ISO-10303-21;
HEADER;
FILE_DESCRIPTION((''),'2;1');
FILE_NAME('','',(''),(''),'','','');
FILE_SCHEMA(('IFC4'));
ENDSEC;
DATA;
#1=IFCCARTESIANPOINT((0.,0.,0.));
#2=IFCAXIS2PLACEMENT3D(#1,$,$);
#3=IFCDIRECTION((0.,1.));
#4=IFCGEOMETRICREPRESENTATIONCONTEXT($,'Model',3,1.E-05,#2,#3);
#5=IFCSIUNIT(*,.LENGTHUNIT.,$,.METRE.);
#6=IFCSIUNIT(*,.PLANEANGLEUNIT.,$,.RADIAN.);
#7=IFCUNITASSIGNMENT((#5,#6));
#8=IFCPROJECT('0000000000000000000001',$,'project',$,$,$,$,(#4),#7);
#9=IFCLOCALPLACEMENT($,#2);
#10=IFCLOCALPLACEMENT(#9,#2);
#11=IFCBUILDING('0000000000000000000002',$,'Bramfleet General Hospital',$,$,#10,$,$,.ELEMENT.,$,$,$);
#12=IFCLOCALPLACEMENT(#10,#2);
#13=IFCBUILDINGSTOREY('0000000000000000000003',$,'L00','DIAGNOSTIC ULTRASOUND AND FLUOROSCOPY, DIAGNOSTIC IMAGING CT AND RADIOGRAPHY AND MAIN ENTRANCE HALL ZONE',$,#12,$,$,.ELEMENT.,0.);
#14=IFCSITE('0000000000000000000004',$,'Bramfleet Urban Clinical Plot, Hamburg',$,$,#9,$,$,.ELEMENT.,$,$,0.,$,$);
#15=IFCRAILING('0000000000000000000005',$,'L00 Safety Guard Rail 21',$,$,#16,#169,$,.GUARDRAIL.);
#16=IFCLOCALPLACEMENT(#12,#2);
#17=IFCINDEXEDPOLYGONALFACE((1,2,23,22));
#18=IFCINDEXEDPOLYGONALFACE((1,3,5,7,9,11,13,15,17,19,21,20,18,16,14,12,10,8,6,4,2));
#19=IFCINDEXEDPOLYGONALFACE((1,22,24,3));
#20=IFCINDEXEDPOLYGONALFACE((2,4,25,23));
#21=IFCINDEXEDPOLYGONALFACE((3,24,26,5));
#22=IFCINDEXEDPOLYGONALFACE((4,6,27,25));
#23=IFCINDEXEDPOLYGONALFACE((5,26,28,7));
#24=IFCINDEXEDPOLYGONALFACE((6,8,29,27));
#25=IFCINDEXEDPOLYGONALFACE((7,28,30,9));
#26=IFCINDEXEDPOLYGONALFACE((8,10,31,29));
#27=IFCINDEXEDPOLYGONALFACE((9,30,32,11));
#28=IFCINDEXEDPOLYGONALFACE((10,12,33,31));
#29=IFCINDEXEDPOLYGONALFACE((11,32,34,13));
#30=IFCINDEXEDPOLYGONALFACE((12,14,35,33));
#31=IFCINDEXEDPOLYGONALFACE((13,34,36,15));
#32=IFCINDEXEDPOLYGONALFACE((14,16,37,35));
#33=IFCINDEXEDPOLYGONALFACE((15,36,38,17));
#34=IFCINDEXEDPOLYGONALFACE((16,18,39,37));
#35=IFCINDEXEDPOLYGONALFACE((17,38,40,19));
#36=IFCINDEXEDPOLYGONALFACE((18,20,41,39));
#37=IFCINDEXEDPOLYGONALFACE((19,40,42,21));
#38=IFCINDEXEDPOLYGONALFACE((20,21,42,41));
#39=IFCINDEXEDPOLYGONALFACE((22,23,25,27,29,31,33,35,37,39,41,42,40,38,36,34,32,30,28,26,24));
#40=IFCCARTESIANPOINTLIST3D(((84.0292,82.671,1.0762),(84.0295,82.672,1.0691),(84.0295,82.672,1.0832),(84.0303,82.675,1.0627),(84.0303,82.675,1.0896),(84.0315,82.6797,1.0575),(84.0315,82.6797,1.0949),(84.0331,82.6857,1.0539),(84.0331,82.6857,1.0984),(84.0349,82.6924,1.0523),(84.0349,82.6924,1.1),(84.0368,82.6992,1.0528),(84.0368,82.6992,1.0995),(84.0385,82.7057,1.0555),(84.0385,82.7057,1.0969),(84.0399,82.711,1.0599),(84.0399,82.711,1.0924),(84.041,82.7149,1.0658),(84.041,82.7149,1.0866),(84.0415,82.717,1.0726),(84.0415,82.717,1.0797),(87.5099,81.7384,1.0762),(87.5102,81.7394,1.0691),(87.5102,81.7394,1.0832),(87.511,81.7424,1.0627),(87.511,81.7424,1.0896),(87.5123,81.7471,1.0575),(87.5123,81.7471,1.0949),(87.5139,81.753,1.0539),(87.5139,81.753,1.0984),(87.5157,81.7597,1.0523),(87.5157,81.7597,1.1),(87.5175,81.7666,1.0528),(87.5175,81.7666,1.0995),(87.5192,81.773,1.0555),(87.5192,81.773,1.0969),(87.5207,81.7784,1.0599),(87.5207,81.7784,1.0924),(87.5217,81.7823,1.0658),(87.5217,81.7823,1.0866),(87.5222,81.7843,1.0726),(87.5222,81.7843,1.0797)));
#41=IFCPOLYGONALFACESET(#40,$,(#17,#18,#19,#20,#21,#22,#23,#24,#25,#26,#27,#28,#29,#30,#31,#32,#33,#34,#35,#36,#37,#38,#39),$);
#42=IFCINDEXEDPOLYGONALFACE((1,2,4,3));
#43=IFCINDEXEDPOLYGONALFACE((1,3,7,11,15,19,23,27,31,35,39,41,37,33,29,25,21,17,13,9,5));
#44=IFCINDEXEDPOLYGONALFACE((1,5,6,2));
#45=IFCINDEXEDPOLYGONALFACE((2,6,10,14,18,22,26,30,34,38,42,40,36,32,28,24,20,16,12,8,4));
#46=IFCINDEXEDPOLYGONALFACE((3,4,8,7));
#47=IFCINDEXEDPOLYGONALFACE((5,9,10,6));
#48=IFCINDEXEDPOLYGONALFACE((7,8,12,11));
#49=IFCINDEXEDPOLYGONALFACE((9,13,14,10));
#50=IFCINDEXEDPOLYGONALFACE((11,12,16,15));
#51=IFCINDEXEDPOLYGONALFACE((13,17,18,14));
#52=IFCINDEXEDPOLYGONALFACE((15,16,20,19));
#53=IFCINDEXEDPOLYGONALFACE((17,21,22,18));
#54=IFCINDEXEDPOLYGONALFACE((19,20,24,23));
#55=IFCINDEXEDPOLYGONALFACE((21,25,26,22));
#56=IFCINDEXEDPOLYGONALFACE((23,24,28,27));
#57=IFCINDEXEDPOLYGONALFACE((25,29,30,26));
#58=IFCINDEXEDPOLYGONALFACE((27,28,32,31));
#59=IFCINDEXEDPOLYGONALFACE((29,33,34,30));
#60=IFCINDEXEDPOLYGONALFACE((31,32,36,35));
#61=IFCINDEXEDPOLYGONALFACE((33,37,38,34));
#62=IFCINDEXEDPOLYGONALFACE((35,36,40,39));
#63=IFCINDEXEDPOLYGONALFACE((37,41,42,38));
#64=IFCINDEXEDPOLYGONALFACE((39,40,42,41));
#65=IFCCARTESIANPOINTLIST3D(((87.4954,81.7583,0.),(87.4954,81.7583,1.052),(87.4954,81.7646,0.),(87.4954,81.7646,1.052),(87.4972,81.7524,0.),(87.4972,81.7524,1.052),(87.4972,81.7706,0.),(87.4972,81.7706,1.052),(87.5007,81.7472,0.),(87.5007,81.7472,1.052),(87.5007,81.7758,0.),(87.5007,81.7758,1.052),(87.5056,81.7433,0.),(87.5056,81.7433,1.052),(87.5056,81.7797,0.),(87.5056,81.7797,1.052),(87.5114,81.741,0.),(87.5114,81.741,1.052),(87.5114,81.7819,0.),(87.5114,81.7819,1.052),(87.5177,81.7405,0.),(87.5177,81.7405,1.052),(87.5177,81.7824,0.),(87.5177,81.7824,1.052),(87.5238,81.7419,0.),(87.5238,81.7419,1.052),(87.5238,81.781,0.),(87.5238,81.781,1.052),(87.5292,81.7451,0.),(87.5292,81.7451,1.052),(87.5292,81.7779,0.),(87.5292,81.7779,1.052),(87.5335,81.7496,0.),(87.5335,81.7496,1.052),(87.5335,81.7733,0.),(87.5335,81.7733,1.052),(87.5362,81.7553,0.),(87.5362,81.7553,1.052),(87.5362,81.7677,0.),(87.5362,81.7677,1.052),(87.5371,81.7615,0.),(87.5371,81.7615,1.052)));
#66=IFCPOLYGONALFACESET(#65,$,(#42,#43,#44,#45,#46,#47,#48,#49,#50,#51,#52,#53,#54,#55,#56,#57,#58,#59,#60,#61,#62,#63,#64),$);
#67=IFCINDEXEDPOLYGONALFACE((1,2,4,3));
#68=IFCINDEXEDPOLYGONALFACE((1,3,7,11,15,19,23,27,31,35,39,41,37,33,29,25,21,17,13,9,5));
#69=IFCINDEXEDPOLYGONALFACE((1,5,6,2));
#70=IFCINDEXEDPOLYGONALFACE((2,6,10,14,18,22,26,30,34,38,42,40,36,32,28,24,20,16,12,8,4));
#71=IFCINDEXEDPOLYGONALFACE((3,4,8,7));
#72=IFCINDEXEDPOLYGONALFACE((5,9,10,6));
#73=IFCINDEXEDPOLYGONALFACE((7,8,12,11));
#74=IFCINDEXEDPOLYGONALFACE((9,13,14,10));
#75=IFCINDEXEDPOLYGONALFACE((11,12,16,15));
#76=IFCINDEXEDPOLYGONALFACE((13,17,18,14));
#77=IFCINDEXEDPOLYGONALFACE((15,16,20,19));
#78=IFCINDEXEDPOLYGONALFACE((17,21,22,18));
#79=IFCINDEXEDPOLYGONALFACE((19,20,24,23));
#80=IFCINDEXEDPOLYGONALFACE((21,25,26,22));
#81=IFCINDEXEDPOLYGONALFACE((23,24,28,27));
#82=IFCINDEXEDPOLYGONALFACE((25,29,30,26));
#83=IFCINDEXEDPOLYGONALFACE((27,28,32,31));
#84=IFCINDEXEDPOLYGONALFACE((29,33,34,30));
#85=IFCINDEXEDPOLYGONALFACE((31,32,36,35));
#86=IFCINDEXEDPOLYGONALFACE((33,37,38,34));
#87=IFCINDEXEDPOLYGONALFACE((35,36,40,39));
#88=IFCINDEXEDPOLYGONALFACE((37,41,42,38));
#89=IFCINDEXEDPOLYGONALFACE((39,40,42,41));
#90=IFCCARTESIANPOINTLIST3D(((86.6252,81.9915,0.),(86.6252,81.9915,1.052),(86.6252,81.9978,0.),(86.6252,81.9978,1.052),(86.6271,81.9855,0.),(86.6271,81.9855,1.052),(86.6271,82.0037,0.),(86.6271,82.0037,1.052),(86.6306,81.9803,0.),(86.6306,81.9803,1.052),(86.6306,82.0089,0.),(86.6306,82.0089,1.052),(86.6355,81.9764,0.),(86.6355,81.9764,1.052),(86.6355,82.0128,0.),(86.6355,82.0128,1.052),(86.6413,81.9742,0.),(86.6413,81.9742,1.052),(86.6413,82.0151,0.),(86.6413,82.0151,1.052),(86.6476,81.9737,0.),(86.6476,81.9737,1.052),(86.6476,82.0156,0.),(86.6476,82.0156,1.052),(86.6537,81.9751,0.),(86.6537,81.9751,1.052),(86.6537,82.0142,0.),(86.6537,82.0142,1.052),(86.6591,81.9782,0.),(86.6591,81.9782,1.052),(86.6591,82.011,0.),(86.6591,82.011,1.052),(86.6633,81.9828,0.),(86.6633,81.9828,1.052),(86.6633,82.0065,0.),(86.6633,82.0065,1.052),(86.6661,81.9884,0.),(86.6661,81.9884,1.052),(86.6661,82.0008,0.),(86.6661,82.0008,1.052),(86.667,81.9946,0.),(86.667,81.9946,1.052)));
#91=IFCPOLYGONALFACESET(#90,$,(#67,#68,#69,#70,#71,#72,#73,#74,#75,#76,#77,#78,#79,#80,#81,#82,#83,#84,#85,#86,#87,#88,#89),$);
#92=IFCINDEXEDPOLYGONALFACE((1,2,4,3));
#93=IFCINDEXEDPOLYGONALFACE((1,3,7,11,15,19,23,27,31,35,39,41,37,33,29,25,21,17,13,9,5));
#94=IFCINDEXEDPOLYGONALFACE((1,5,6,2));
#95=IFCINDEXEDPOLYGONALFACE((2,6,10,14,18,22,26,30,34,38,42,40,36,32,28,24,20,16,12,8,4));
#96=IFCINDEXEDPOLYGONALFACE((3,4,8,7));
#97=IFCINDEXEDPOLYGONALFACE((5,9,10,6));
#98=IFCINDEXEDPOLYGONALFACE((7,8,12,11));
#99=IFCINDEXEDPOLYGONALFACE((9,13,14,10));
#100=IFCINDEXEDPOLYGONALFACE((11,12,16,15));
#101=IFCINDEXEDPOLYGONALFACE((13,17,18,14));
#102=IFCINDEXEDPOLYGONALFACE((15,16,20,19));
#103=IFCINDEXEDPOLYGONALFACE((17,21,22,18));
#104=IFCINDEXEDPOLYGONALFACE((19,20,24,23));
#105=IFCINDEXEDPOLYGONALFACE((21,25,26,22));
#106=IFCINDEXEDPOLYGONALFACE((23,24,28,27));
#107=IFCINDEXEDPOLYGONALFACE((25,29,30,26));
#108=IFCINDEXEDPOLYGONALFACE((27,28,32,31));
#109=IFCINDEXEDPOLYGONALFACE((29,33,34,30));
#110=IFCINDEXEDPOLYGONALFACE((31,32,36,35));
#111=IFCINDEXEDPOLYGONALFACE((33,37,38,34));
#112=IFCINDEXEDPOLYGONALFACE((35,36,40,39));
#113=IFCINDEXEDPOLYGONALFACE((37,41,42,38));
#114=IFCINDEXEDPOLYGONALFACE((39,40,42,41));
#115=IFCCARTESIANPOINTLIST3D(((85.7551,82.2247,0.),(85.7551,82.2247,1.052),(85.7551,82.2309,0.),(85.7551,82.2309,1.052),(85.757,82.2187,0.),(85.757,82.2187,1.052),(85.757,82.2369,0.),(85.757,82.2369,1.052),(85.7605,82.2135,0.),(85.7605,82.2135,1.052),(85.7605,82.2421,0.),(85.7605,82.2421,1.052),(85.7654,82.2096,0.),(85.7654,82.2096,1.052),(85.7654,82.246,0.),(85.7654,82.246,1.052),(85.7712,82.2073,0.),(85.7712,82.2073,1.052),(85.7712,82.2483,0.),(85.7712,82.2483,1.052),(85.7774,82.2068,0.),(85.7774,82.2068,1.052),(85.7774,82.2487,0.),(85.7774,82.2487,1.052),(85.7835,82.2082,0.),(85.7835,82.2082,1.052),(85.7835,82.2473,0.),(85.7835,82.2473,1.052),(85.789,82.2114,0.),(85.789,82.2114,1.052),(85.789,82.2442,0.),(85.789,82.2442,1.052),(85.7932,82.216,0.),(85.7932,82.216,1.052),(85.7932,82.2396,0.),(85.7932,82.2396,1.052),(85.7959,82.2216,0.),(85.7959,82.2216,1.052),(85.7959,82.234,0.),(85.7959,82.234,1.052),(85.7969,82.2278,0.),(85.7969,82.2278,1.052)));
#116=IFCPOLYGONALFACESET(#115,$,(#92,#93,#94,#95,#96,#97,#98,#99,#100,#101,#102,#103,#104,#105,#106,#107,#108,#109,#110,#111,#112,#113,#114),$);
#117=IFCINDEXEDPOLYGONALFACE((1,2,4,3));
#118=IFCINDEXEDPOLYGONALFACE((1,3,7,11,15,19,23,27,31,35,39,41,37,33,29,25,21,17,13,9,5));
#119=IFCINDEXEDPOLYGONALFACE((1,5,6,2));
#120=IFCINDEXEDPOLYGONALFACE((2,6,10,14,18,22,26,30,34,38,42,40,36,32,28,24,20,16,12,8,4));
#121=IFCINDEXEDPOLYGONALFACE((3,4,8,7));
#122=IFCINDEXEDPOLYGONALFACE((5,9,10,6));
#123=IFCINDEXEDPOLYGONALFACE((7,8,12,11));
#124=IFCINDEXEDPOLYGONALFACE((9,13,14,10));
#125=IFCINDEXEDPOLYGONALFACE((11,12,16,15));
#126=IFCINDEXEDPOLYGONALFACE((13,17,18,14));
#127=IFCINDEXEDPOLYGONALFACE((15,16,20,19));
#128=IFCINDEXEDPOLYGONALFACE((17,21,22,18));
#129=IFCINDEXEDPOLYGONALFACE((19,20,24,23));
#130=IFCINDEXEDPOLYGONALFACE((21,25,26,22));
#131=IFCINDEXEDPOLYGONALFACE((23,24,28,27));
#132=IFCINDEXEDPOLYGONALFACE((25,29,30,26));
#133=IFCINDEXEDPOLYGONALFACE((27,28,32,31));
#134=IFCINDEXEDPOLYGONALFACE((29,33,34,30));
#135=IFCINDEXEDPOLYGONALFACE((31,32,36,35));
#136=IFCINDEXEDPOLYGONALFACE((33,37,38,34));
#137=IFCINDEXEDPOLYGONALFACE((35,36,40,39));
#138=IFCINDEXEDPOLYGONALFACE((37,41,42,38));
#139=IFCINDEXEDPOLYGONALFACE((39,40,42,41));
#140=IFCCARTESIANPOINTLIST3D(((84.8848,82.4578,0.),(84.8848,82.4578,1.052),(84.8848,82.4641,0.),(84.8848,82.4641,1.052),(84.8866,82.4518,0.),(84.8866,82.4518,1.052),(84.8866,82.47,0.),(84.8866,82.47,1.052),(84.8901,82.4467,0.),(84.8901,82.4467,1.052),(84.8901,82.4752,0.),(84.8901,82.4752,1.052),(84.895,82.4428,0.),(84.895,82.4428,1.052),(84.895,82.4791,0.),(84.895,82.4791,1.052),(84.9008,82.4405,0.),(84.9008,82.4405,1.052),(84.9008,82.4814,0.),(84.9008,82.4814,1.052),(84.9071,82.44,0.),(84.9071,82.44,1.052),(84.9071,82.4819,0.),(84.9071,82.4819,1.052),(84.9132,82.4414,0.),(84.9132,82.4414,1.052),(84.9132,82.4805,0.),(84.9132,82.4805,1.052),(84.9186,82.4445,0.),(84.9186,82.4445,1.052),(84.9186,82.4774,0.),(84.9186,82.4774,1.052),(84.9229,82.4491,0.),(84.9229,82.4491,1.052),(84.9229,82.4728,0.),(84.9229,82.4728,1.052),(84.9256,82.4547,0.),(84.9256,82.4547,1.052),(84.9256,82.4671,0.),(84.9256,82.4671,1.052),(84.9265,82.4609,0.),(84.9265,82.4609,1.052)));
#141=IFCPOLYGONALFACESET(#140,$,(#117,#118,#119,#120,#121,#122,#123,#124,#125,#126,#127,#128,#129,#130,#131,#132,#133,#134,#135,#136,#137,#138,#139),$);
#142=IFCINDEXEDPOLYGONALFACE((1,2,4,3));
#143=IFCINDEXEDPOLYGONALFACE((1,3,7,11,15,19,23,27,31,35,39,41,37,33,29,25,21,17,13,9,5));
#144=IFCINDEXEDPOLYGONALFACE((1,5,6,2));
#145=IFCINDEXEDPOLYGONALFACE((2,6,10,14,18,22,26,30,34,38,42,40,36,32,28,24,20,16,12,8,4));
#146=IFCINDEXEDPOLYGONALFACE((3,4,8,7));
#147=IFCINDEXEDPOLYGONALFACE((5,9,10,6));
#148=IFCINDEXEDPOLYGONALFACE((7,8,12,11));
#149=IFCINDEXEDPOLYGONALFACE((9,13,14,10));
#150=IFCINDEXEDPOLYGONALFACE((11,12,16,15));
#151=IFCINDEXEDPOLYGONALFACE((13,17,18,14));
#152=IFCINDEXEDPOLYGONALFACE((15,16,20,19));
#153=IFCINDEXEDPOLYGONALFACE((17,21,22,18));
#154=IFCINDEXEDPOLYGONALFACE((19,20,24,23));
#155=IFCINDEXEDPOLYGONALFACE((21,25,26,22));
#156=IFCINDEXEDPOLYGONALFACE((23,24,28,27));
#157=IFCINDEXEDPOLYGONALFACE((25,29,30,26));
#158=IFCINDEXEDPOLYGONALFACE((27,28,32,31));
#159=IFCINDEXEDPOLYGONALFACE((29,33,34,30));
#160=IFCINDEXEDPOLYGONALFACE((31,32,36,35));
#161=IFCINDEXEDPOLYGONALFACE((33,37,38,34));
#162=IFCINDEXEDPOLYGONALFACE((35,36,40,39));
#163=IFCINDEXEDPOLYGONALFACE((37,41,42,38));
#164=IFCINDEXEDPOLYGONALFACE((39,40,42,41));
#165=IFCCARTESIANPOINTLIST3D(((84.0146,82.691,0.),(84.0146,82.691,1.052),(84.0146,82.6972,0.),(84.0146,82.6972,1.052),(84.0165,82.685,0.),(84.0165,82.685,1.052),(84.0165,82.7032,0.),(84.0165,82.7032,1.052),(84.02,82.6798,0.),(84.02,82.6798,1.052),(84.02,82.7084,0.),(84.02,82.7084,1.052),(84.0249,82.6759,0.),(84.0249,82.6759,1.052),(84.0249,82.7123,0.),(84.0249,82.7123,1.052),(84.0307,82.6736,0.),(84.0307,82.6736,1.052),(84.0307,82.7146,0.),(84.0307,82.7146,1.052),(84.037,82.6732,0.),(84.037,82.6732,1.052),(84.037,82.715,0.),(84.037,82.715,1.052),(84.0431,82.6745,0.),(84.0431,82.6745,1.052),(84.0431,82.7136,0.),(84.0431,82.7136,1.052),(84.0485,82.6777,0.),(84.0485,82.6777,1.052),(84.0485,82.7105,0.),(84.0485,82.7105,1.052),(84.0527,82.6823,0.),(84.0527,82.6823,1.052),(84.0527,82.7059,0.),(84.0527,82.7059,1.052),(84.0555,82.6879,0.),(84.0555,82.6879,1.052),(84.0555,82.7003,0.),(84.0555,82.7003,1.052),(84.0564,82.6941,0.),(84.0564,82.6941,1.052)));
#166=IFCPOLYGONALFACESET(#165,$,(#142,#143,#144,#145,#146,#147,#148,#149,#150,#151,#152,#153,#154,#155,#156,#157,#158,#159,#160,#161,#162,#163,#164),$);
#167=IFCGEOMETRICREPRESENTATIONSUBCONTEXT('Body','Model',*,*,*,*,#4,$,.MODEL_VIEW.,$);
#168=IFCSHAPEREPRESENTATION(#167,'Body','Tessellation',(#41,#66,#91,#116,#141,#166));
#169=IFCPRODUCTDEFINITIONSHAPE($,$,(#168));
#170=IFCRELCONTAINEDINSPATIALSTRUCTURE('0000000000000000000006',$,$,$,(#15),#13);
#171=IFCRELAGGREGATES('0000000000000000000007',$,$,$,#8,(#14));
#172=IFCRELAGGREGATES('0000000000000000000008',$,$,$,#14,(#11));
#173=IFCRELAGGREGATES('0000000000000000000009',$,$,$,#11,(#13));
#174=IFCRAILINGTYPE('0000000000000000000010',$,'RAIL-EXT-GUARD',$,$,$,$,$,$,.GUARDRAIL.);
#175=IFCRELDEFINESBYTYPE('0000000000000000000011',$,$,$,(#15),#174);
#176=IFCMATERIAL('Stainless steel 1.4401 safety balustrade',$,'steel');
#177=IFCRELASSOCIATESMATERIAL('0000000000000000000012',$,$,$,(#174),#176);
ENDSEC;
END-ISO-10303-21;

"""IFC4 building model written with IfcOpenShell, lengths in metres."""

from ifc_helpers import new_model, si_unit, direction, frame, origin, origin_2d, place, context, subcontext, project, spatial, circle, extrude, material, type_object, element, save


model = new_model("IFC4")

# Units and contexts
model_context = context("Model", 3, precision=1e-05, world=origin(), true_north=direction((0.0, 1.0)))
body_context = subcontext(model_context, "Body", "Model", "MODEL_VIEW")
ifc_project = project(units=[si_unit("LENGTHUNIT", "METRE"), si_unit("PLANEANGLEUNIT", "RADIAN")], contexts=[model_context])

# Site, building, storey
site_placement = place(None, origin())
site = spatial("IfcSite", under=ifc_project, at=site_placement, Name="Bramfleet Urban Clinical Plot, Hamburg", CompositionType="ELEMENT", RefElevation=0.0)
building_placement = place(site_placement, origin())
building = spatial("IfcBuilding", under=site, at=building_placement, Name="Bramfleet General Hospital", CompositionType="ELEMENT")
storey_placement = place(building_placement, origin())
storey = spatial("IfcBuildingStorey", under=building, at=storey_placement, Name="L00", Description="DIAGNOSTIC ULTRASOUND AND FLUOROSCOPY, DIAGNOSTIC IMAGING CT AND RADIOGRAPHY AND MAIN ENTRANCE HALL ZONE", CompositionType="ELEMENT", Elevation=0.0)

# Railing
ifc_material_1 = material(Name="Stainless steel 1.4401 safety balustrade", Category="steel")
railing_type = type_object("IfcRailingType", Name="RAIL-EXT-GUARD", PredefinedType="GUARDRAIL", material=ifc_material_1)
railing_placement = place(storey_placement, frame((87.5161, 81.7615, 0.0)))
element("IfcRailing", 1, at=railing_placement, inside=storey, type_object=railing_type, Name="L00 Safety Guard Rail 21", PredefinedType="GUARDRAIL", context=body_context, shape_type="SweptSolid", body=[
    extrude(circle(Radius=0.0239, at=origin_2d()), frame((0.0, 0.0, 1.0762), z_axis=(-0.965928, 0.258809, 0.0), x_axis=(-0.258809, -0.965928, 0.0)), (0.0, 0.0, 1.0), 3.6035),
    extrude(circle(Radius=0.021, at=origin_2d()), origin(), (0.0, 0.0, 1.0), 1.052),
    extrude(circle(Radius=0.021, at=origin_2d()), frame((-0.8701, 0.2332, 0.0)), (0.0, 0.0, 1.0), 1.052),
    extrude(circle(Radius=0.021, at=origin_2d()), frame((-1.7402, 0.4663, 0.0)), (0.0, 0.0, 1.0), 1.052),
    extrude(circle(Radius=0.021, at=origin_2d()), frame((-2.6106, 0.6995, 0.0)), (0.0, 0.0, 1.0), 1.052),
    extrude(circle(Radius=0.021, at=origin_2d()), frame((-3.4807, 0.9326, 0.0)), (0.0, 0.0, 1.0), 1.052),
])

save(model, "model.ifc")
